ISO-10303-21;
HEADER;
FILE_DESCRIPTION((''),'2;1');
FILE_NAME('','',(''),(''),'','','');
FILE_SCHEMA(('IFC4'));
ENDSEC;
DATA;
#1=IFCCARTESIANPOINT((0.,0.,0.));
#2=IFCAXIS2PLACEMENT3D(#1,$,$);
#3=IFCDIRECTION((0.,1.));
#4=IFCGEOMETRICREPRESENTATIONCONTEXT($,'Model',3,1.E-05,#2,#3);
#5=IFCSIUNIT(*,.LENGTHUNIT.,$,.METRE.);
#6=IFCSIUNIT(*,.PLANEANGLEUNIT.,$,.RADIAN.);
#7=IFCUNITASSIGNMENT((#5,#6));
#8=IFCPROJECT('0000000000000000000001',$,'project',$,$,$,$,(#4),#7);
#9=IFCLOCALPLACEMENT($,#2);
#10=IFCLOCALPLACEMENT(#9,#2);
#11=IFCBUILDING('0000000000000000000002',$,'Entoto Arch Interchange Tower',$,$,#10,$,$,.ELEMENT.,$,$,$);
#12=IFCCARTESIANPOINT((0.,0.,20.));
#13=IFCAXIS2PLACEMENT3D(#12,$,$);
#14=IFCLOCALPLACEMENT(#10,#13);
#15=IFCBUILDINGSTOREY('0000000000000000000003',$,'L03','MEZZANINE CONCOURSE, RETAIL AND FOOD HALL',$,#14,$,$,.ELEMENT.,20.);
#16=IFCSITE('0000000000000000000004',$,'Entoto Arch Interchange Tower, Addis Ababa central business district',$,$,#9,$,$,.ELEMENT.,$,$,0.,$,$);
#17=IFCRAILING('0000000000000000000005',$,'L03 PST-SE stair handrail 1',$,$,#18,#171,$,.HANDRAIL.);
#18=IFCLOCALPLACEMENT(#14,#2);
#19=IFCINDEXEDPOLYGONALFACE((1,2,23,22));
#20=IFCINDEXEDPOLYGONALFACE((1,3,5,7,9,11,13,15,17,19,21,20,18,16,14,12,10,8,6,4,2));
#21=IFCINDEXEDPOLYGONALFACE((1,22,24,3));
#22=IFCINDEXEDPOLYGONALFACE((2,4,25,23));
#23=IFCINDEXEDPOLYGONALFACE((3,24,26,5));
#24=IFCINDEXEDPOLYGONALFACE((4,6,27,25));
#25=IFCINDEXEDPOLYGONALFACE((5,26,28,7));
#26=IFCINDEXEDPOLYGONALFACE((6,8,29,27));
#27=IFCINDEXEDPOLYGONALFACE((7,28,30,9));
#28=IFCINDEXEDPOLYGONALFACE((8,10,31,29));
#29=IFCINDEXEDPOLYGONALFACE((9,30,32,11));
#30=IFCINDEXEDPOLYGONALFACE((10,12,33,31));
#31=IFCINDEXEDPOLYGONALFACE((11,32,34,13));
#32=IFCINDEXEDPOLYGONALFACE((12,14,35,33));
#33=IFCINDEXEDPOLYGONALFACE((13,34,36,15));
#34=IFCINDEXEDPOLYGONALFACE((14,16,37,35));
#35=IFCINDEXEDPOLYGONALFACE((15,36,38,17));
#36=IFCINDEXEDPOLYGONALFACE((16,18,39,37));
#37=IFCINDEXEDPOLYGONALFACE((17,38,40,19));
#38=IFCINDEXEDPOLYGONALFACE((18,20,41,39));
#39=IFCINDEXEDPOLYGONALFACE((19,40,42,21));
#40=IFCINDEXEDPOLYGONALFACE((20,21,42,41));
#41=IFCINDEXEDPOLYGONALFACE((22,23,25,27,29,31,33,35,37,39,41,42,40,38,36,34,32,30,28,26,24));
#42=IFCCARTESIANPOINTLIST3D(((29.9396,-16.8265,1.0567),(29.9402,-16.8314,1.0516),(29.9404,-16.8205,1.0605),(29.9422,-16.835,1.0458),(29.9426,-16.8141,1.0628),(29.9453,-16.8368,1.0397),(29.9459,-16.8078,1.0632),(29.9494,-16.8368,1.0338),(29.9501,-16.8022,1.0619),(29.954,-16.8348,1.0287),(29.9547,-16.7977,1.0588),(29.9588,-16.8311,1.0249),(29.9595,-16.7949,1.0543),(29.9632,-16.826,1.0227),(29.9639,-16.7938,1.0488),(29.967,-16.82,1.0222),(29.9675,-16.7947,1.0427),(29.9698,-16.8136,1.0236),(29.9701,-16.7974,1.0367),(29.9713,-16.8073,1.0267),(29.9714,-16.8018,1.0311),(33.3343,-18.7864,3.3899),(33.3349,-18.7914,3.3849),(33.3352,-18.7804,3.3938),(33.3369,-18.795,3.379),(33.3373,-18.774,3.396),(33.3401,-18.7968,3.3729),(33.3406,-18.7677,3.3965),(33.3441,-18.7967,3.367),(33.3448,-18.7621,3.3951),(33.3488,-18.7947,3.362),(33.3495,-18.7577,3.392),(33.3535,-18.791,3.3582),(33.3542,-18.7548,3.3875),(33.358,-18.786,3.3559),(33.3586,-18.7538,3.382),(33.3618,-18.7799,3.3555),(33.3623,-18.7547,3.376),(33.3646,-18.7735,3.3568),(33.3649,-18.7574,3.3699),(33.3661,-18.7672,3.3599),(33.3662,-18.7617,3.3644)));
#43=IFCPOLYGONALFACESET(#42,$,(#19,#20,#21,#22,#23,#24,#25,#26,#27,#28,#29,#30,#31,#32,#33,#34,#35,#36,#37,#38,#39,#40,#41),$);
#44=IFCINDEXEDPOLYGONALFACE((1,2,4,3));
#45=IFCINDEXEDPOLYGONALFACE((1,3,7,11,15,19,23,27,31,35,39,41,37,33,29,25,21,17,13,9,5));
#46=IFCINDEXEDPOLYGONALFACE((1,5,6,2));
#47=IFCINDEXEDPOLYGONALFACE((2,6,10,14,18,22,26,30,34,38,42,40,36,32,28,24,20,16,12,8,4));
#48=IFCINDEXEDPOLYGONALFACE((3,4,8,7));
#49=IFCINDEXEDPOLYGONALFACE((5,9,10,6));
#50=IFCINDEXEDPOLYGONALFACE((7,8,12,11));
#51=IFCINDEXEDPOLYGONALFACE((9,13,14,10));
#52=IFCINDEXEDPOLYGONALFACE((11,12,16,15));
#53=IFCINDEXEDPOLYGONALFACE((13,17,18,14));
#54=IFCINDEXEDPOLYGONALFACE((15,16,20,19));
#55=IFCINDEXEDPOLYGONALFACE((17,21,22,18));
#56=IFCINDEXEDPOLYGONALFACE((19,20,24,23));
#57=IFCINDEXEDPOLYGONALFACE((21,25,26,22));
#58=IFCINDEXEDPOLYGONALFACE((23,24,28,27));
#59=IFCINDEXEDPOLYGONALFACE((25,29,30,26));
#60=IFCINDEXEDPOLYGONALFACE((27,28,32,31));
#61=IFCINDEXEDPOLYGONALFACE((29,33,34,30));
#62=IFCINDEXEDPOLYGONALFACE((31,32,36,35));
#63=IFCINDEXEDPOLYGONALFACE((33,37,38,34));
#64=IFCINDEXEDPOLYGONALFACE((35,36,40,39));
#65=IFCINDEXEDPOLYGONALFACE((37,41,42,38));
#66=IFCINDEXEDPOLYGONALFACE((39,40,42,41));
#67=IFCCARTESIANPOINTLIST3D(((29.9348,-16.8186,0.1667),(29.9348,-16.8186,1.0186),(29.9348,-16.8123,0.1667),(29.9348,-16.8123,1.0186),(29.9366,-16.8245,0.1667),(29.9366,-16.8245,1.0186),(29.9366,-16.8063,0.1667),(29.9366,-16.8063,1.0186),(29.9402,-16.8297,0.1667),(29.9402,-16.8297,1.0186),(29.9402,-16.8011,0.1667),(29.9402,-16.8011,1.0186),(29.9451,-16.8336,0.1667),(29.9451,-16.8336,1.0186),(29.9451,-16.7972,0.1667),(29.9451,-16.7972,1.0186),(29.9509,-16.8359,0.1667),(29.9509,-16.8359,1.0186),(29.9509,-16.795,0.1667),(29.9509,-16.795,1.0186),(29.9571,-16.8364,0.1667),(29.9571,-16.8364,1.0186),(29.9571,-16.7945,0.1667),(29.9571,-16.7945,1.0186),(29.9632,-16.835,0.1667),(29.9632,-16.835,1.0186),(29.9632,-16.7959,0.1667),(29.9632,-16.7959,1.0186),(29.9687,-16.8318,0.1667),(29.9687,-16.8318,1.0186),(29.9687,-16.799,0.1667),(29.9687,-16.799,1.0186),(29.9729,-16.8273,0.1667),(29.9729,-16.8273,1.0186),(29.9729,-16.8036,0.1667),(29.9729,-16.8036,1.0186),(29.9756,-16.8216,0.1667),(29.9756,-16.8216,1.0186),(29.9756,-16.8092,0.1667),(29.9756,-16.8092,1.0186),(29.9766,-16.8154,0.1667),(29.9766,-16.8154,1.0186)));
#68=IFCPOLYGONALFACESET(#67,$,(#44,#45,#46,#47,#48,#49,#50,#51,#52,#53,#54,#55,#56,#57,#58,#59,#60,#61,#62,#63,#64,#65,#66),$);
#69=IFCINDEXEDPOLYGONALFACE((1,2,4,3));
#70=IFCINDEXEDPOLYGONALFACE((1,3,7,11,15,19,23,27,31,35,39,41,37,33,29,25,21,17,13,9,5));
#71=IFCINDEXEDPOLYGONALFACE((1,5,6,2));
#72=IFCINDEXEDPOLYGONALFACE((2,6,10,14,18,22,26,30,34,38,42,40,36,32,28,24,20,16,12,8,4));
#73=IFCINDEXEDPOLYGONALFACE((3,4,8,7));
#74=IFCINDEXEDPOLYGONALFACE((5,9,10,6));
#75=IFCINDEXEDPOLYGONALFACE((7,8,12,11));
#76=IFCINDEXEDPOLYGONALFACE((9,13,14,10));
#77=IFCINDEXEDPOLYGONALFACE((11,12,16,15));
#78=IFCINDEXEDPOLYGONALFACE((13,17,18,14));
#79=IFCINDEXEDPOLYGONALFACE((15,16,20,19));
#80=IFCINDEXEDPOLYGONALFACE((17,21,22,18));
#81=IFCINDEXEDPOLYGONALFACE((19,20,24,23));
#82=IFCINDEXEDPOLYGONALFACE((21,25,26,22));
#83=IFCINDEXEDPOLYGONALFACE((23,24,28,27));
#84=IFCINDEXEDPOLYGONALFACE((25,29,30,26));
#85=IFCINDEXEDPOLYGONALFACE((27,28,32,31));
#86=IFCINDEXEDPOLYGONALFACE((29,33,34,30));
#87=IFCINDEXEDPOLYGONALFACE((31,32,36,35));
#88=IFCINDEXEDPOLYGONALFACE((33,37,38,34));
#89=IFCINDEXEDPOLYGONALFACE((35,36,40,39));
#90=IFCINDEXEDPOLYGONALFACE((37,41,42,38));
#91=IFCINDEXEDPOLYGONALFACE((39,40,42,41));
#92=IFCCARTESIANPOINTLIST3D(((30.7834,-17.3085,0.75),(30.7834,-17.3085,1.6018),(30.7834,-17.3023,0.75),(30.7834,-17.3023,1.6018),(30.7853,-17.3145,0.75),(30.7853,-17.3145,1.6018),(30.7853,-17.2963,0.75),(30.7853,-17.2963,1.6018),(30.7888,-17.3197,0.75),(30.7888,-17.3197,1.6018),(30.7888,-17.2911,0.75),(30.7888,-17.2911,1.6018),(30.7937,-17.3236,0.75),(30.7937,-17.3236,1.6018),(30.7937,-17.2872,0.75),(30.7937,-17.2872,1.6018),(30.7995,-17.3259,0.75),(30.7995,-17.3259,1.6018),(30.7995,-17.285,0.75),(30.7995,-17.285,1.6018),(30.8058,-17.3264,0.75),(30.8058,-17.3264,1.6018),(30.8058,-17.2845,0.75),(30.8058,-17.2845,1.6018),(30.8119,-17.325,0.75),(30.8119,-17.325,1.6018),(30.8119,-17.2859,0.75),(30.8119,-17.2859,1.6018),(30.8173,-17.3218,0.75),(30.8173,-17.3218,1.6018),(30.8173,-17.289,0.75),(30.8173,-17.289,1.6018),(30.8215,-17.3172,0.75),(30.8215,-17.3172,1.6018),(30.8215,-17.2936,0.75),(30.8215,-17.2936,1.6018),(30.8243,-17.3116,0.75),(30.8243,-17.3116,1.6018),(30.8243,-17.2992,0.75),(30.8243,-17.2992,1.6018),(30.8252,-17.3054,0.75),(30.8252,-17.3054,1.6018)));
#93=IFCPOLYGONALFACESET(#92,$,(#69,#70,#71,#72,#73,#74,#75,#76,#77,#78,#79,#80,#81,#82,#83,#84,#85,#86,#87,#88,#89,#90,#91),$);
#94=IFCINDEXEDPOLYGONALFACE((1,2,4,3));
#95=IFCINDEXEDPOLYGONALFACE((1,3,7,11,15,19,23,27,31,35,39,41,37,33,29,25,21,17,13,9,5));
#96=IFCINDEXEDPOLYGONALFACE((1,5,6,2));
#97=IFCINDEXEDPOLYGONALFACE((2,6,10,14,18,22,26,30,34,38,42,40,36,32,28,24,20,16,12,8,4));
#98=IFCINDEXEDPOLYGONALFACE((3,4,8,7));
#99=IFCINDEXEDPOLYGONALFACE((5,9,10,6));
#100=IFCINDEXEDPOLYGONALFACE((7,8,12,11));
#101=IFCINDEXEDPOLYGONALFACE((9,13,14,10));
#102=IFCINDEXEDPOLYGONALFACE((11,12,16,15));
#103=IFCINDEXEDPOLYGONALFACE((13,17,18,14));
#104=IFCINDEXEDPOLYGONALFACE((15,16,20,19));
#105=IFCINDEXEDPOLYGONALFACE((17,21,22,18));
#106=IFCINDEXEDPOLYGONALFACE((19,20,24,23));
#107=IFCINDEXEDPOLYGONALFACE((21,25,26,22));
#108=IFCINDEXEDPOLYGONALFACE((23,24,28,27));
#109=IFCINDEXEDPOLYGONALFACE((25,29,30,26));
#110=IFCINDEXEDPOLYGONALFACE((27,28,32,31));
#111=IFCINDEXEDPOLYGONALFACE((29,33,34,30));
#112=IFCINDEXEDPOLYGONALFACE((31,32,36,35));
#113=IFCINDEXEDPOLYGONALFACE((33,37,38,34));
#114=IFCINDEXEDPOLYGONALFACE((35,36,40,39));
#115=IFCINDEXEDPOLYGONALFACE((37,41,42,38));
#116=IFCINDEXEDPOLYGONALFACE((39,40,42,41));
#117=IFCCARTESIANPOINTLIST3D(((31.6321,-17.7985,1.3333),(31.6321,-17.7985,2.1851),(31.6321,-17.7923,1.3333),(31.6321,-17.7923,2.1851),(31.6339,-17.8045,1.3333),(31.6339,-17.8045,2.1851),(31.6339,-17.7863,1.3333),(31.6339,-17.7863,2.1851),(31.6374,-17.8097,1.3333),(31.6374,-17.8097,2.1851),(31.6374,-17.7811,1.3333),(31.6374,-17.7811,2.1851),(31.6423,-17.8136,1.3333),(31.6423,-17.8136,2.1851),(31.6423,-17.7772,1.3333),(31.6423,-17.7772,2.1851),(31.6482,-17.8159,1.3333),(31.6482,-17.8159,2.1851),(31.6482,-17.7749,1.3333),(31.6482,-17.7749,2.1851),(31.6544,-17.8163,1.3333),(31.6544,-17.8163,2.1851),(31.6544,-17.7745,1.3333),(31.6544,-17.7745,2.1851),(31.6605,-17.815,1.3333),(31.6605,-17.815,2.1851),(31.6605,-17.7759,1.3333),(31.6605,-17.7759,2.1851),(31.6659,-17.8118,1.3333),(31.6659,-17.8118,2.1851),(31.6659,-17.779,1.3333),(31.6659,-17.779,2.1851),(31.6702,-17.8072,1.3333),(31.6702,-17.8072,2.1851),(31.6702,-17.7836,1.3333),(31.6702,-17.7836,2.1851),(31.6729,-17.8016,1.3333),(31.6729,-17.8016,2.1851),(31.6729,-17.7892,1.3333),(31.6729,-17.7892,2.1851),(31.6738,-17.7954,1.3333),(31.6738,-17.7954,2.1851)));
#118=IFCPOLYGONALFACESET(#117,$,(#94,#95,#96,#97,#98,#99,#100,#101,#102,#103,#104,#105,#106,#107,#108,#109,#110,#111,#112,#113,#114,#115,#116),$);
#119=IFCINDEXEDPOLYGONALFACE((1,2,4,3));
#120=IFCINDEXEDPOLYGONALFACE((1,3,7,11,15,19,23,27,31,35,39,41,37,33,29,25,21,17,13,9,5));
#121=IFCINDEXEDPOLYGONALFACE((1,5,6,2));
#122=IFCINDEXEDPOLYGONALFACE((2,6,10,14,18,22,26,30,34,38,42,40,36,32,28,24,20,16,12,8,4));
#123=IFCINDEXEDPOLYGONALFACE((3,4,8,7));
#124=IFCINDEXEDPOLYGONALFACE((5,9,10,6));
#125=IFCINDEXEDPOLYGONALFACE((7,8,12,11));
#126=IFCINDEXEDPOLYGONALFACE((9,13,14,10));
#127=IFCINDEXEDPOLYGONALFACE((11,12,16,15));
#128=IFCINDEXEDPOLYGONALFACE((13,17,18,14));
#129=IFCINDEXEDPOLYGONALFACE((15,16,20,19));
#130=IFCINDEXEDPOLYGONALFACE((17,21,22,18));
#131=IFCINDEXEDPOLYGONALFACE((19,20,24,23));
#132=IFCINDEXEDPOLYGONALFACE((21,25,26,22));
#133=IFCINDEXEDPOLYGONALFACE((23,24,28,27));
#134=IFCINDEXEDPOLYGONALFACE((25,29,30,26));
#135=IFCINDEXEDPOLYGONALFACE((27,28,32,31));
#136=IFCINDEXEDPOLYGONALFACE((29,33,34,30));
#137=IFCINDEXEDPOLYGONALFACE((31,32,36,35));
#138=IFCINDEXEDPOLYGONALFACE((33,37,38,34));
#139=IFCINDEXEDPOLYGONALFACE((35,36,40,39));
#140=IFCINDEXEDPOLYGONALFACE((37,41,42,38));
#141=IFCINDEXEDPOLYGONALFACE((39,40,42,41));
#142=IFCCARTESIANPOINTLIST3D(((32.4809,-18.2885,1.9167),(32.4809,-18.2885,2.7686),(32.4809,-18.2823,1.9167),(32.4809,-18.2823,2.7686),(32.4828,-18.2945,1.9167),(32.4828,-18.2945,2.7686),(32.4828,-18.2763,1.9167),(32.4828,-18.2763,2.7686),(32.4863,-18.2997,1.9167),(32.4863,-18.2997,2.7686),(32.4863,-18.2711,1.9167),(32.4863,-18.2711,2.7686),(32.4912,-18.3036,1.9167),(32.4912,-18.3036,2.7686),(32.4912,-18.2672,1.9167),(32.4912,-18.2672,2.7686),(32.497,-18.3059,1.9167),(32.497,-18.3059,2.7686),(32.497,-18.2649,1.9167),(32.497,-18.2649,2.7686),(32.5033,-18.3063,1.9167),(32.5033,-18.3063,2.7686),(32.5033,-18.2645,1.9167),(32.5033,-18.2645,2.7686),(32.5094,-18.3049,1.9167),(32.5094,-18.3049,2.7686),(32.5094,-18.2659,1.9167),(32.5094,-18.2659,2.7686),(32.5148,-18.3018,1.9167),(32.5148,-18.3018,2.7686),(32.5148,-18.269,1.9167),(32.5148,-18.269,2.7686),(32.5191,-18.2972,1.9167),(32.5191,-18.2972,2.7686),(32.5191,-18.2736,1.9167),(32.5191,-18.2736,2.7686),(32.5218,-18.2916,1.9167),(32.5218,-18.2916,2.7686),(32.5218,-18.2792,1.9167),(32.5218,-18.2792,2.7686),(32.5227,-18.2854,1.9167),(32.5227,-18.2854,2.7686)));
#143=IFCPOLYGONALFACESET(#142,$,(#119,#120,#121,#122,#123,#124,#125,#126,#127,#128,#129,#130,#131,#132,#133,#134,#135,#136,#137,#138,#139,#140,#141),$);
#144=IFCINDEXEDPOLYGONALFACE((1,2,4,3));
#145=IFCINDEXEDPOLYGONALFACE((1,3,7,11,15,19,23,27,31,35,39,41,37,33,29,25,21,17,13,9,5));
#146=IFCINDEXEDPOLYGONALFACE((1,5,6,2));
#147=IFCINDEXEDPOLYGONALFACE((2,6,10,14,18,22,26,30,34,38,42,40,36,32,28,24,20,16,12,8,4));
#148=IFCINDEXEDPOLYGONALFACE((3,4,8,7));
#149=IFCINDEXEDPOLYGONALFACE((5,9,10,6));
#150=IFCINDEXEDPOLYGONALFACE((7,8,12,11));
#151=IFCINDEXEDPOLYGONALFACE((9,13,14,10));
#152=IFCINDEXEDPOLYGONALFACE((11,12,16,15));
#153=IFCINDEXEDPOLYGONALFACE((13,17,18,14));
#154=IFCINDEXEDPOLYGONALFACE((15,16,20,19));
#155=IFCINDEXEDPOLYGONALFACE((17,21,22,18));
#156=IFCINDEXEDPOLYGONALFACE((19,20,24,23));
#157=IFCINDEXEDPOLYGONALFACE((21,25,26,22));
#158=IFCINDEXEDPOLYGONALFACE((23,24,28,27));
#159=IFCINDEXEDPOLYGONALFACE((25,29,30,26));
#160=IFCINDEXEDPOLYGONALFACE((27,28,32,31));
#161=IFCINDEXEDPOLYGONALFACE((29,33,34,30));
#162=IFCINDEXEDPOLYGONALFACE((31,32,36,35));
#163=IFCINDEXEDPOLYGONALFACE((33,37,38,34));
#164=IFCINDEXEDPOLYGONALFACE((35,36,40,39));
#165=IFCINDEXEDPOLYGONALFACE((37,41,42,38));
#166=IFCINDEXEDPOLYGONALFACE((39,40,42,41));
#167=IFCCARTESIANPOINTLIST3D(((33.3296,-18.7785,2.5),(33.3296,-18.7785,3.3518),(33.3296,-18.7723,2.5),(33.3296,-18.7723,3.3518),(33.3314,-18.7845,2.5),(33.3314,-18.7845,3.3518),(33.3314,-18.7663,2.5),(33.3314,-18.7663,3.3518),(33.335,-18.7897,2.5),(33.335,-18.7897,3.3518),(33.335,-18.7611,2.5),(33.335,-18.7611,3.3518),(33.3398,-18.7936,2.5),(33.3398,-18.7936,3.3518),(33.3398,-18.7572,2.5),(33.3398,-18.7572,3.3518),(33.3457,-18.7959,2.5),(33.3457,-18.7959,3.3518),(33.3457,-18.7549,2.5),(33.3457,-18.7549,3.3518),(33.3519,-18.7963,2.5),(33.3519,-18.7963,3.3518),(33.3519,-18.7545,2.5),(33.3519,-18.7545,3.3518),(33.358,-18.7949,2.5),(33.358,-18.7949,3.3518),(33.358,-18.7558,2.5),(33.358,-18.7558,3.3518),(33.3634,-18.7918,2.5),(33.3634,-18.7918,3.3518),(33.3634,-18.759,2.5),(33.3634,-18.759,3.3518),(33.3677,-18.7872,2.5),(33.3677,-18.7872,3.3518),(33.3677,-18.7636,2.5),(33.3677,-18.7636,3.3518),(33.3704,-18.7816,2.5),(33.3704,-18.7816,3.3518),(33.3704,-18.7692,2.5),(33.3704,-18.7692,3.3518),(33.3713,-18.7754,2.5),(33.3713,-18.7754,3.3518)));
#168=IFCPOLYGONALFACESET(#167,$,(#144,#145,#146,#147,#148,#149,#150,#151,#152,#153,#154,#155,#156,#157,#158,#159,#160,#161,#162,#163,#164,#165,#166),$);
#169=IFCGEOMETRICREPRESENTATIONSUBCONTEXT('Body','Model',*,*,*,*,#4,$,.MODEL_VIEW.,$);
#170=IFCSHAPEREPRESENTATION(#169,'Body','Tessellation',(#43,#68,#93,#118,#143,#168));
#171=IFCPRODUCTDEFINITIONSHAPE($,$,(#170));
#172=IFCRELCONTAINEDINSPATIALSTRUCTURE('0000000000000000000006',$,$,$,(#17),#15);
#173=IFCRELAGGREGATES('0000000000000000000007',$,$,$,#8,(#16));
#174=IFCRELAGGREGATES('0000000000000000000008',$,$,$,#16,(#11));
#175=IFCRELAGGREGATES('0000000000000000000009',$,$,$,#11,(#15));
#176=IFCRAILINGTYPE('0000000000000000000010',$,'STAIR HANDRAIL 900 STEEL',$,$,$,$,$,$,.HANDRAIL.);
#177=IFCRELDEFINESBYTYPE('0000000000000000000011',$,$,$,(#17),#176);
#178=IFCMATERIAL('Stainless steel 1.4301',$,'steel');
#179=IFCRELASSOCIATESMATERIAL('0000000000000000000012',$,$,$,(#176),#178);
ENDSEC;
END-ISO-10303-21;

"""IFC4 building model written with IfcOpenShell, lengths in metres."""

from ifc_helpers import new_model, si_unit, direction, frame, origin, origin_2d, place, context, subcontext, project, spatial, circle, extrude, material, type_object, element, save


model = new_model("IFC4")

# Units and contexts
model_context = context("Model", 3, precision=1e-05, world=origin(), true_north=direction((0.0, 1.0)))
body_context = subcontext(model_context, "Body", "Model", "MODEL_VIEW")
ifc_project = project(units=[si_unit("LENGTHUNIT", "METRE"), si_unit("PLANEANGLEUNIT", "RADIAN")], contexts=[model_context])

# Site, building, storey
site_placement = place(None, origin())
site = spatial("IfcSite", under=ifc_project, at=site_placement, Name="Entoto Arch Interchange Tower, Addis Ababa central business district", CompositionType="ELEMENT", RefElevation=0.0)
building_placement = place(site_placement, origin())
building = spatial("IfcBuilding", under=site, at=building_placement, Name="Entoto Arch Interchange Tower", CompositionType="ELEMENT")
storey_placement = place(building_placement, frame((0.0, 0.0, 20.0)))
storey = spatial("IfcBuildingStorey", under=building, at=storey_placement, Name="L03", Description="MEZZANINE CONCOURSE, RETAIL AND FOOD HALL", CompositionType="ELEMENT", Elevation=20.0)

# Railing
ifc_material_1 = material(Name="Stainless steel 1.4301", Category="steel")
railing_type_1 = type_object("IfcRailingType", Name="STAIR HANDRAIL 900 STEEL", PredefinedType="HANDRAIL", material=ifc_material_1)
railing_1_placement = place(storey_placement, frame((29.9556, -16.8154, 0.1667)))
element("IfcRailing", 1, at=railing_1_placement, inside=storey, type_object=railing_type_1, Name="L03 PST-SE stair handrail 1", PredefinedType="HANDRAIL", context=body_context, shape_type="SweptSolid", body=[
    extrude(circle(Radius=0.0239, at=origin_2d()), frame((0.0, 0.0, 0.876), z_axis=(0.744175, -0.429646, 0.511476), x_axis=(0.499997, 0.866027, 0.0)), (0.0, 0.0, 1.0), 4.5618),
    extrude(circle(Radius=0.021, at=origin_2d()), origin(), (0.0, 0.0, 1.0), 0.8518),
    extrude(circle(Radius=0.021, at=origin_2d()), frame((0.8486, -0.49, 0.5833)), (0.0, 0.0, 1.0), 0.8518),
    extrude(circle(Radius=0.021, at=origin_2d()), frame((1.6973, -0.98, 1.1665)), (0.0, 0.0, 1.0), 0.8518),
    extrude(circle(Radius=0.021, at=origin_2d()), frame((2.5461, -1.47, 1.75)), (0.0, 0.0, 1.0), 0.8518),
    extrude(circle(Radius=0.021, at=origin_2d()), frame((3.3948, -1.96, 2.3333)), (0.0, 0.0, 1.0), 0.8518),
])

save(model, "model.ifc")
